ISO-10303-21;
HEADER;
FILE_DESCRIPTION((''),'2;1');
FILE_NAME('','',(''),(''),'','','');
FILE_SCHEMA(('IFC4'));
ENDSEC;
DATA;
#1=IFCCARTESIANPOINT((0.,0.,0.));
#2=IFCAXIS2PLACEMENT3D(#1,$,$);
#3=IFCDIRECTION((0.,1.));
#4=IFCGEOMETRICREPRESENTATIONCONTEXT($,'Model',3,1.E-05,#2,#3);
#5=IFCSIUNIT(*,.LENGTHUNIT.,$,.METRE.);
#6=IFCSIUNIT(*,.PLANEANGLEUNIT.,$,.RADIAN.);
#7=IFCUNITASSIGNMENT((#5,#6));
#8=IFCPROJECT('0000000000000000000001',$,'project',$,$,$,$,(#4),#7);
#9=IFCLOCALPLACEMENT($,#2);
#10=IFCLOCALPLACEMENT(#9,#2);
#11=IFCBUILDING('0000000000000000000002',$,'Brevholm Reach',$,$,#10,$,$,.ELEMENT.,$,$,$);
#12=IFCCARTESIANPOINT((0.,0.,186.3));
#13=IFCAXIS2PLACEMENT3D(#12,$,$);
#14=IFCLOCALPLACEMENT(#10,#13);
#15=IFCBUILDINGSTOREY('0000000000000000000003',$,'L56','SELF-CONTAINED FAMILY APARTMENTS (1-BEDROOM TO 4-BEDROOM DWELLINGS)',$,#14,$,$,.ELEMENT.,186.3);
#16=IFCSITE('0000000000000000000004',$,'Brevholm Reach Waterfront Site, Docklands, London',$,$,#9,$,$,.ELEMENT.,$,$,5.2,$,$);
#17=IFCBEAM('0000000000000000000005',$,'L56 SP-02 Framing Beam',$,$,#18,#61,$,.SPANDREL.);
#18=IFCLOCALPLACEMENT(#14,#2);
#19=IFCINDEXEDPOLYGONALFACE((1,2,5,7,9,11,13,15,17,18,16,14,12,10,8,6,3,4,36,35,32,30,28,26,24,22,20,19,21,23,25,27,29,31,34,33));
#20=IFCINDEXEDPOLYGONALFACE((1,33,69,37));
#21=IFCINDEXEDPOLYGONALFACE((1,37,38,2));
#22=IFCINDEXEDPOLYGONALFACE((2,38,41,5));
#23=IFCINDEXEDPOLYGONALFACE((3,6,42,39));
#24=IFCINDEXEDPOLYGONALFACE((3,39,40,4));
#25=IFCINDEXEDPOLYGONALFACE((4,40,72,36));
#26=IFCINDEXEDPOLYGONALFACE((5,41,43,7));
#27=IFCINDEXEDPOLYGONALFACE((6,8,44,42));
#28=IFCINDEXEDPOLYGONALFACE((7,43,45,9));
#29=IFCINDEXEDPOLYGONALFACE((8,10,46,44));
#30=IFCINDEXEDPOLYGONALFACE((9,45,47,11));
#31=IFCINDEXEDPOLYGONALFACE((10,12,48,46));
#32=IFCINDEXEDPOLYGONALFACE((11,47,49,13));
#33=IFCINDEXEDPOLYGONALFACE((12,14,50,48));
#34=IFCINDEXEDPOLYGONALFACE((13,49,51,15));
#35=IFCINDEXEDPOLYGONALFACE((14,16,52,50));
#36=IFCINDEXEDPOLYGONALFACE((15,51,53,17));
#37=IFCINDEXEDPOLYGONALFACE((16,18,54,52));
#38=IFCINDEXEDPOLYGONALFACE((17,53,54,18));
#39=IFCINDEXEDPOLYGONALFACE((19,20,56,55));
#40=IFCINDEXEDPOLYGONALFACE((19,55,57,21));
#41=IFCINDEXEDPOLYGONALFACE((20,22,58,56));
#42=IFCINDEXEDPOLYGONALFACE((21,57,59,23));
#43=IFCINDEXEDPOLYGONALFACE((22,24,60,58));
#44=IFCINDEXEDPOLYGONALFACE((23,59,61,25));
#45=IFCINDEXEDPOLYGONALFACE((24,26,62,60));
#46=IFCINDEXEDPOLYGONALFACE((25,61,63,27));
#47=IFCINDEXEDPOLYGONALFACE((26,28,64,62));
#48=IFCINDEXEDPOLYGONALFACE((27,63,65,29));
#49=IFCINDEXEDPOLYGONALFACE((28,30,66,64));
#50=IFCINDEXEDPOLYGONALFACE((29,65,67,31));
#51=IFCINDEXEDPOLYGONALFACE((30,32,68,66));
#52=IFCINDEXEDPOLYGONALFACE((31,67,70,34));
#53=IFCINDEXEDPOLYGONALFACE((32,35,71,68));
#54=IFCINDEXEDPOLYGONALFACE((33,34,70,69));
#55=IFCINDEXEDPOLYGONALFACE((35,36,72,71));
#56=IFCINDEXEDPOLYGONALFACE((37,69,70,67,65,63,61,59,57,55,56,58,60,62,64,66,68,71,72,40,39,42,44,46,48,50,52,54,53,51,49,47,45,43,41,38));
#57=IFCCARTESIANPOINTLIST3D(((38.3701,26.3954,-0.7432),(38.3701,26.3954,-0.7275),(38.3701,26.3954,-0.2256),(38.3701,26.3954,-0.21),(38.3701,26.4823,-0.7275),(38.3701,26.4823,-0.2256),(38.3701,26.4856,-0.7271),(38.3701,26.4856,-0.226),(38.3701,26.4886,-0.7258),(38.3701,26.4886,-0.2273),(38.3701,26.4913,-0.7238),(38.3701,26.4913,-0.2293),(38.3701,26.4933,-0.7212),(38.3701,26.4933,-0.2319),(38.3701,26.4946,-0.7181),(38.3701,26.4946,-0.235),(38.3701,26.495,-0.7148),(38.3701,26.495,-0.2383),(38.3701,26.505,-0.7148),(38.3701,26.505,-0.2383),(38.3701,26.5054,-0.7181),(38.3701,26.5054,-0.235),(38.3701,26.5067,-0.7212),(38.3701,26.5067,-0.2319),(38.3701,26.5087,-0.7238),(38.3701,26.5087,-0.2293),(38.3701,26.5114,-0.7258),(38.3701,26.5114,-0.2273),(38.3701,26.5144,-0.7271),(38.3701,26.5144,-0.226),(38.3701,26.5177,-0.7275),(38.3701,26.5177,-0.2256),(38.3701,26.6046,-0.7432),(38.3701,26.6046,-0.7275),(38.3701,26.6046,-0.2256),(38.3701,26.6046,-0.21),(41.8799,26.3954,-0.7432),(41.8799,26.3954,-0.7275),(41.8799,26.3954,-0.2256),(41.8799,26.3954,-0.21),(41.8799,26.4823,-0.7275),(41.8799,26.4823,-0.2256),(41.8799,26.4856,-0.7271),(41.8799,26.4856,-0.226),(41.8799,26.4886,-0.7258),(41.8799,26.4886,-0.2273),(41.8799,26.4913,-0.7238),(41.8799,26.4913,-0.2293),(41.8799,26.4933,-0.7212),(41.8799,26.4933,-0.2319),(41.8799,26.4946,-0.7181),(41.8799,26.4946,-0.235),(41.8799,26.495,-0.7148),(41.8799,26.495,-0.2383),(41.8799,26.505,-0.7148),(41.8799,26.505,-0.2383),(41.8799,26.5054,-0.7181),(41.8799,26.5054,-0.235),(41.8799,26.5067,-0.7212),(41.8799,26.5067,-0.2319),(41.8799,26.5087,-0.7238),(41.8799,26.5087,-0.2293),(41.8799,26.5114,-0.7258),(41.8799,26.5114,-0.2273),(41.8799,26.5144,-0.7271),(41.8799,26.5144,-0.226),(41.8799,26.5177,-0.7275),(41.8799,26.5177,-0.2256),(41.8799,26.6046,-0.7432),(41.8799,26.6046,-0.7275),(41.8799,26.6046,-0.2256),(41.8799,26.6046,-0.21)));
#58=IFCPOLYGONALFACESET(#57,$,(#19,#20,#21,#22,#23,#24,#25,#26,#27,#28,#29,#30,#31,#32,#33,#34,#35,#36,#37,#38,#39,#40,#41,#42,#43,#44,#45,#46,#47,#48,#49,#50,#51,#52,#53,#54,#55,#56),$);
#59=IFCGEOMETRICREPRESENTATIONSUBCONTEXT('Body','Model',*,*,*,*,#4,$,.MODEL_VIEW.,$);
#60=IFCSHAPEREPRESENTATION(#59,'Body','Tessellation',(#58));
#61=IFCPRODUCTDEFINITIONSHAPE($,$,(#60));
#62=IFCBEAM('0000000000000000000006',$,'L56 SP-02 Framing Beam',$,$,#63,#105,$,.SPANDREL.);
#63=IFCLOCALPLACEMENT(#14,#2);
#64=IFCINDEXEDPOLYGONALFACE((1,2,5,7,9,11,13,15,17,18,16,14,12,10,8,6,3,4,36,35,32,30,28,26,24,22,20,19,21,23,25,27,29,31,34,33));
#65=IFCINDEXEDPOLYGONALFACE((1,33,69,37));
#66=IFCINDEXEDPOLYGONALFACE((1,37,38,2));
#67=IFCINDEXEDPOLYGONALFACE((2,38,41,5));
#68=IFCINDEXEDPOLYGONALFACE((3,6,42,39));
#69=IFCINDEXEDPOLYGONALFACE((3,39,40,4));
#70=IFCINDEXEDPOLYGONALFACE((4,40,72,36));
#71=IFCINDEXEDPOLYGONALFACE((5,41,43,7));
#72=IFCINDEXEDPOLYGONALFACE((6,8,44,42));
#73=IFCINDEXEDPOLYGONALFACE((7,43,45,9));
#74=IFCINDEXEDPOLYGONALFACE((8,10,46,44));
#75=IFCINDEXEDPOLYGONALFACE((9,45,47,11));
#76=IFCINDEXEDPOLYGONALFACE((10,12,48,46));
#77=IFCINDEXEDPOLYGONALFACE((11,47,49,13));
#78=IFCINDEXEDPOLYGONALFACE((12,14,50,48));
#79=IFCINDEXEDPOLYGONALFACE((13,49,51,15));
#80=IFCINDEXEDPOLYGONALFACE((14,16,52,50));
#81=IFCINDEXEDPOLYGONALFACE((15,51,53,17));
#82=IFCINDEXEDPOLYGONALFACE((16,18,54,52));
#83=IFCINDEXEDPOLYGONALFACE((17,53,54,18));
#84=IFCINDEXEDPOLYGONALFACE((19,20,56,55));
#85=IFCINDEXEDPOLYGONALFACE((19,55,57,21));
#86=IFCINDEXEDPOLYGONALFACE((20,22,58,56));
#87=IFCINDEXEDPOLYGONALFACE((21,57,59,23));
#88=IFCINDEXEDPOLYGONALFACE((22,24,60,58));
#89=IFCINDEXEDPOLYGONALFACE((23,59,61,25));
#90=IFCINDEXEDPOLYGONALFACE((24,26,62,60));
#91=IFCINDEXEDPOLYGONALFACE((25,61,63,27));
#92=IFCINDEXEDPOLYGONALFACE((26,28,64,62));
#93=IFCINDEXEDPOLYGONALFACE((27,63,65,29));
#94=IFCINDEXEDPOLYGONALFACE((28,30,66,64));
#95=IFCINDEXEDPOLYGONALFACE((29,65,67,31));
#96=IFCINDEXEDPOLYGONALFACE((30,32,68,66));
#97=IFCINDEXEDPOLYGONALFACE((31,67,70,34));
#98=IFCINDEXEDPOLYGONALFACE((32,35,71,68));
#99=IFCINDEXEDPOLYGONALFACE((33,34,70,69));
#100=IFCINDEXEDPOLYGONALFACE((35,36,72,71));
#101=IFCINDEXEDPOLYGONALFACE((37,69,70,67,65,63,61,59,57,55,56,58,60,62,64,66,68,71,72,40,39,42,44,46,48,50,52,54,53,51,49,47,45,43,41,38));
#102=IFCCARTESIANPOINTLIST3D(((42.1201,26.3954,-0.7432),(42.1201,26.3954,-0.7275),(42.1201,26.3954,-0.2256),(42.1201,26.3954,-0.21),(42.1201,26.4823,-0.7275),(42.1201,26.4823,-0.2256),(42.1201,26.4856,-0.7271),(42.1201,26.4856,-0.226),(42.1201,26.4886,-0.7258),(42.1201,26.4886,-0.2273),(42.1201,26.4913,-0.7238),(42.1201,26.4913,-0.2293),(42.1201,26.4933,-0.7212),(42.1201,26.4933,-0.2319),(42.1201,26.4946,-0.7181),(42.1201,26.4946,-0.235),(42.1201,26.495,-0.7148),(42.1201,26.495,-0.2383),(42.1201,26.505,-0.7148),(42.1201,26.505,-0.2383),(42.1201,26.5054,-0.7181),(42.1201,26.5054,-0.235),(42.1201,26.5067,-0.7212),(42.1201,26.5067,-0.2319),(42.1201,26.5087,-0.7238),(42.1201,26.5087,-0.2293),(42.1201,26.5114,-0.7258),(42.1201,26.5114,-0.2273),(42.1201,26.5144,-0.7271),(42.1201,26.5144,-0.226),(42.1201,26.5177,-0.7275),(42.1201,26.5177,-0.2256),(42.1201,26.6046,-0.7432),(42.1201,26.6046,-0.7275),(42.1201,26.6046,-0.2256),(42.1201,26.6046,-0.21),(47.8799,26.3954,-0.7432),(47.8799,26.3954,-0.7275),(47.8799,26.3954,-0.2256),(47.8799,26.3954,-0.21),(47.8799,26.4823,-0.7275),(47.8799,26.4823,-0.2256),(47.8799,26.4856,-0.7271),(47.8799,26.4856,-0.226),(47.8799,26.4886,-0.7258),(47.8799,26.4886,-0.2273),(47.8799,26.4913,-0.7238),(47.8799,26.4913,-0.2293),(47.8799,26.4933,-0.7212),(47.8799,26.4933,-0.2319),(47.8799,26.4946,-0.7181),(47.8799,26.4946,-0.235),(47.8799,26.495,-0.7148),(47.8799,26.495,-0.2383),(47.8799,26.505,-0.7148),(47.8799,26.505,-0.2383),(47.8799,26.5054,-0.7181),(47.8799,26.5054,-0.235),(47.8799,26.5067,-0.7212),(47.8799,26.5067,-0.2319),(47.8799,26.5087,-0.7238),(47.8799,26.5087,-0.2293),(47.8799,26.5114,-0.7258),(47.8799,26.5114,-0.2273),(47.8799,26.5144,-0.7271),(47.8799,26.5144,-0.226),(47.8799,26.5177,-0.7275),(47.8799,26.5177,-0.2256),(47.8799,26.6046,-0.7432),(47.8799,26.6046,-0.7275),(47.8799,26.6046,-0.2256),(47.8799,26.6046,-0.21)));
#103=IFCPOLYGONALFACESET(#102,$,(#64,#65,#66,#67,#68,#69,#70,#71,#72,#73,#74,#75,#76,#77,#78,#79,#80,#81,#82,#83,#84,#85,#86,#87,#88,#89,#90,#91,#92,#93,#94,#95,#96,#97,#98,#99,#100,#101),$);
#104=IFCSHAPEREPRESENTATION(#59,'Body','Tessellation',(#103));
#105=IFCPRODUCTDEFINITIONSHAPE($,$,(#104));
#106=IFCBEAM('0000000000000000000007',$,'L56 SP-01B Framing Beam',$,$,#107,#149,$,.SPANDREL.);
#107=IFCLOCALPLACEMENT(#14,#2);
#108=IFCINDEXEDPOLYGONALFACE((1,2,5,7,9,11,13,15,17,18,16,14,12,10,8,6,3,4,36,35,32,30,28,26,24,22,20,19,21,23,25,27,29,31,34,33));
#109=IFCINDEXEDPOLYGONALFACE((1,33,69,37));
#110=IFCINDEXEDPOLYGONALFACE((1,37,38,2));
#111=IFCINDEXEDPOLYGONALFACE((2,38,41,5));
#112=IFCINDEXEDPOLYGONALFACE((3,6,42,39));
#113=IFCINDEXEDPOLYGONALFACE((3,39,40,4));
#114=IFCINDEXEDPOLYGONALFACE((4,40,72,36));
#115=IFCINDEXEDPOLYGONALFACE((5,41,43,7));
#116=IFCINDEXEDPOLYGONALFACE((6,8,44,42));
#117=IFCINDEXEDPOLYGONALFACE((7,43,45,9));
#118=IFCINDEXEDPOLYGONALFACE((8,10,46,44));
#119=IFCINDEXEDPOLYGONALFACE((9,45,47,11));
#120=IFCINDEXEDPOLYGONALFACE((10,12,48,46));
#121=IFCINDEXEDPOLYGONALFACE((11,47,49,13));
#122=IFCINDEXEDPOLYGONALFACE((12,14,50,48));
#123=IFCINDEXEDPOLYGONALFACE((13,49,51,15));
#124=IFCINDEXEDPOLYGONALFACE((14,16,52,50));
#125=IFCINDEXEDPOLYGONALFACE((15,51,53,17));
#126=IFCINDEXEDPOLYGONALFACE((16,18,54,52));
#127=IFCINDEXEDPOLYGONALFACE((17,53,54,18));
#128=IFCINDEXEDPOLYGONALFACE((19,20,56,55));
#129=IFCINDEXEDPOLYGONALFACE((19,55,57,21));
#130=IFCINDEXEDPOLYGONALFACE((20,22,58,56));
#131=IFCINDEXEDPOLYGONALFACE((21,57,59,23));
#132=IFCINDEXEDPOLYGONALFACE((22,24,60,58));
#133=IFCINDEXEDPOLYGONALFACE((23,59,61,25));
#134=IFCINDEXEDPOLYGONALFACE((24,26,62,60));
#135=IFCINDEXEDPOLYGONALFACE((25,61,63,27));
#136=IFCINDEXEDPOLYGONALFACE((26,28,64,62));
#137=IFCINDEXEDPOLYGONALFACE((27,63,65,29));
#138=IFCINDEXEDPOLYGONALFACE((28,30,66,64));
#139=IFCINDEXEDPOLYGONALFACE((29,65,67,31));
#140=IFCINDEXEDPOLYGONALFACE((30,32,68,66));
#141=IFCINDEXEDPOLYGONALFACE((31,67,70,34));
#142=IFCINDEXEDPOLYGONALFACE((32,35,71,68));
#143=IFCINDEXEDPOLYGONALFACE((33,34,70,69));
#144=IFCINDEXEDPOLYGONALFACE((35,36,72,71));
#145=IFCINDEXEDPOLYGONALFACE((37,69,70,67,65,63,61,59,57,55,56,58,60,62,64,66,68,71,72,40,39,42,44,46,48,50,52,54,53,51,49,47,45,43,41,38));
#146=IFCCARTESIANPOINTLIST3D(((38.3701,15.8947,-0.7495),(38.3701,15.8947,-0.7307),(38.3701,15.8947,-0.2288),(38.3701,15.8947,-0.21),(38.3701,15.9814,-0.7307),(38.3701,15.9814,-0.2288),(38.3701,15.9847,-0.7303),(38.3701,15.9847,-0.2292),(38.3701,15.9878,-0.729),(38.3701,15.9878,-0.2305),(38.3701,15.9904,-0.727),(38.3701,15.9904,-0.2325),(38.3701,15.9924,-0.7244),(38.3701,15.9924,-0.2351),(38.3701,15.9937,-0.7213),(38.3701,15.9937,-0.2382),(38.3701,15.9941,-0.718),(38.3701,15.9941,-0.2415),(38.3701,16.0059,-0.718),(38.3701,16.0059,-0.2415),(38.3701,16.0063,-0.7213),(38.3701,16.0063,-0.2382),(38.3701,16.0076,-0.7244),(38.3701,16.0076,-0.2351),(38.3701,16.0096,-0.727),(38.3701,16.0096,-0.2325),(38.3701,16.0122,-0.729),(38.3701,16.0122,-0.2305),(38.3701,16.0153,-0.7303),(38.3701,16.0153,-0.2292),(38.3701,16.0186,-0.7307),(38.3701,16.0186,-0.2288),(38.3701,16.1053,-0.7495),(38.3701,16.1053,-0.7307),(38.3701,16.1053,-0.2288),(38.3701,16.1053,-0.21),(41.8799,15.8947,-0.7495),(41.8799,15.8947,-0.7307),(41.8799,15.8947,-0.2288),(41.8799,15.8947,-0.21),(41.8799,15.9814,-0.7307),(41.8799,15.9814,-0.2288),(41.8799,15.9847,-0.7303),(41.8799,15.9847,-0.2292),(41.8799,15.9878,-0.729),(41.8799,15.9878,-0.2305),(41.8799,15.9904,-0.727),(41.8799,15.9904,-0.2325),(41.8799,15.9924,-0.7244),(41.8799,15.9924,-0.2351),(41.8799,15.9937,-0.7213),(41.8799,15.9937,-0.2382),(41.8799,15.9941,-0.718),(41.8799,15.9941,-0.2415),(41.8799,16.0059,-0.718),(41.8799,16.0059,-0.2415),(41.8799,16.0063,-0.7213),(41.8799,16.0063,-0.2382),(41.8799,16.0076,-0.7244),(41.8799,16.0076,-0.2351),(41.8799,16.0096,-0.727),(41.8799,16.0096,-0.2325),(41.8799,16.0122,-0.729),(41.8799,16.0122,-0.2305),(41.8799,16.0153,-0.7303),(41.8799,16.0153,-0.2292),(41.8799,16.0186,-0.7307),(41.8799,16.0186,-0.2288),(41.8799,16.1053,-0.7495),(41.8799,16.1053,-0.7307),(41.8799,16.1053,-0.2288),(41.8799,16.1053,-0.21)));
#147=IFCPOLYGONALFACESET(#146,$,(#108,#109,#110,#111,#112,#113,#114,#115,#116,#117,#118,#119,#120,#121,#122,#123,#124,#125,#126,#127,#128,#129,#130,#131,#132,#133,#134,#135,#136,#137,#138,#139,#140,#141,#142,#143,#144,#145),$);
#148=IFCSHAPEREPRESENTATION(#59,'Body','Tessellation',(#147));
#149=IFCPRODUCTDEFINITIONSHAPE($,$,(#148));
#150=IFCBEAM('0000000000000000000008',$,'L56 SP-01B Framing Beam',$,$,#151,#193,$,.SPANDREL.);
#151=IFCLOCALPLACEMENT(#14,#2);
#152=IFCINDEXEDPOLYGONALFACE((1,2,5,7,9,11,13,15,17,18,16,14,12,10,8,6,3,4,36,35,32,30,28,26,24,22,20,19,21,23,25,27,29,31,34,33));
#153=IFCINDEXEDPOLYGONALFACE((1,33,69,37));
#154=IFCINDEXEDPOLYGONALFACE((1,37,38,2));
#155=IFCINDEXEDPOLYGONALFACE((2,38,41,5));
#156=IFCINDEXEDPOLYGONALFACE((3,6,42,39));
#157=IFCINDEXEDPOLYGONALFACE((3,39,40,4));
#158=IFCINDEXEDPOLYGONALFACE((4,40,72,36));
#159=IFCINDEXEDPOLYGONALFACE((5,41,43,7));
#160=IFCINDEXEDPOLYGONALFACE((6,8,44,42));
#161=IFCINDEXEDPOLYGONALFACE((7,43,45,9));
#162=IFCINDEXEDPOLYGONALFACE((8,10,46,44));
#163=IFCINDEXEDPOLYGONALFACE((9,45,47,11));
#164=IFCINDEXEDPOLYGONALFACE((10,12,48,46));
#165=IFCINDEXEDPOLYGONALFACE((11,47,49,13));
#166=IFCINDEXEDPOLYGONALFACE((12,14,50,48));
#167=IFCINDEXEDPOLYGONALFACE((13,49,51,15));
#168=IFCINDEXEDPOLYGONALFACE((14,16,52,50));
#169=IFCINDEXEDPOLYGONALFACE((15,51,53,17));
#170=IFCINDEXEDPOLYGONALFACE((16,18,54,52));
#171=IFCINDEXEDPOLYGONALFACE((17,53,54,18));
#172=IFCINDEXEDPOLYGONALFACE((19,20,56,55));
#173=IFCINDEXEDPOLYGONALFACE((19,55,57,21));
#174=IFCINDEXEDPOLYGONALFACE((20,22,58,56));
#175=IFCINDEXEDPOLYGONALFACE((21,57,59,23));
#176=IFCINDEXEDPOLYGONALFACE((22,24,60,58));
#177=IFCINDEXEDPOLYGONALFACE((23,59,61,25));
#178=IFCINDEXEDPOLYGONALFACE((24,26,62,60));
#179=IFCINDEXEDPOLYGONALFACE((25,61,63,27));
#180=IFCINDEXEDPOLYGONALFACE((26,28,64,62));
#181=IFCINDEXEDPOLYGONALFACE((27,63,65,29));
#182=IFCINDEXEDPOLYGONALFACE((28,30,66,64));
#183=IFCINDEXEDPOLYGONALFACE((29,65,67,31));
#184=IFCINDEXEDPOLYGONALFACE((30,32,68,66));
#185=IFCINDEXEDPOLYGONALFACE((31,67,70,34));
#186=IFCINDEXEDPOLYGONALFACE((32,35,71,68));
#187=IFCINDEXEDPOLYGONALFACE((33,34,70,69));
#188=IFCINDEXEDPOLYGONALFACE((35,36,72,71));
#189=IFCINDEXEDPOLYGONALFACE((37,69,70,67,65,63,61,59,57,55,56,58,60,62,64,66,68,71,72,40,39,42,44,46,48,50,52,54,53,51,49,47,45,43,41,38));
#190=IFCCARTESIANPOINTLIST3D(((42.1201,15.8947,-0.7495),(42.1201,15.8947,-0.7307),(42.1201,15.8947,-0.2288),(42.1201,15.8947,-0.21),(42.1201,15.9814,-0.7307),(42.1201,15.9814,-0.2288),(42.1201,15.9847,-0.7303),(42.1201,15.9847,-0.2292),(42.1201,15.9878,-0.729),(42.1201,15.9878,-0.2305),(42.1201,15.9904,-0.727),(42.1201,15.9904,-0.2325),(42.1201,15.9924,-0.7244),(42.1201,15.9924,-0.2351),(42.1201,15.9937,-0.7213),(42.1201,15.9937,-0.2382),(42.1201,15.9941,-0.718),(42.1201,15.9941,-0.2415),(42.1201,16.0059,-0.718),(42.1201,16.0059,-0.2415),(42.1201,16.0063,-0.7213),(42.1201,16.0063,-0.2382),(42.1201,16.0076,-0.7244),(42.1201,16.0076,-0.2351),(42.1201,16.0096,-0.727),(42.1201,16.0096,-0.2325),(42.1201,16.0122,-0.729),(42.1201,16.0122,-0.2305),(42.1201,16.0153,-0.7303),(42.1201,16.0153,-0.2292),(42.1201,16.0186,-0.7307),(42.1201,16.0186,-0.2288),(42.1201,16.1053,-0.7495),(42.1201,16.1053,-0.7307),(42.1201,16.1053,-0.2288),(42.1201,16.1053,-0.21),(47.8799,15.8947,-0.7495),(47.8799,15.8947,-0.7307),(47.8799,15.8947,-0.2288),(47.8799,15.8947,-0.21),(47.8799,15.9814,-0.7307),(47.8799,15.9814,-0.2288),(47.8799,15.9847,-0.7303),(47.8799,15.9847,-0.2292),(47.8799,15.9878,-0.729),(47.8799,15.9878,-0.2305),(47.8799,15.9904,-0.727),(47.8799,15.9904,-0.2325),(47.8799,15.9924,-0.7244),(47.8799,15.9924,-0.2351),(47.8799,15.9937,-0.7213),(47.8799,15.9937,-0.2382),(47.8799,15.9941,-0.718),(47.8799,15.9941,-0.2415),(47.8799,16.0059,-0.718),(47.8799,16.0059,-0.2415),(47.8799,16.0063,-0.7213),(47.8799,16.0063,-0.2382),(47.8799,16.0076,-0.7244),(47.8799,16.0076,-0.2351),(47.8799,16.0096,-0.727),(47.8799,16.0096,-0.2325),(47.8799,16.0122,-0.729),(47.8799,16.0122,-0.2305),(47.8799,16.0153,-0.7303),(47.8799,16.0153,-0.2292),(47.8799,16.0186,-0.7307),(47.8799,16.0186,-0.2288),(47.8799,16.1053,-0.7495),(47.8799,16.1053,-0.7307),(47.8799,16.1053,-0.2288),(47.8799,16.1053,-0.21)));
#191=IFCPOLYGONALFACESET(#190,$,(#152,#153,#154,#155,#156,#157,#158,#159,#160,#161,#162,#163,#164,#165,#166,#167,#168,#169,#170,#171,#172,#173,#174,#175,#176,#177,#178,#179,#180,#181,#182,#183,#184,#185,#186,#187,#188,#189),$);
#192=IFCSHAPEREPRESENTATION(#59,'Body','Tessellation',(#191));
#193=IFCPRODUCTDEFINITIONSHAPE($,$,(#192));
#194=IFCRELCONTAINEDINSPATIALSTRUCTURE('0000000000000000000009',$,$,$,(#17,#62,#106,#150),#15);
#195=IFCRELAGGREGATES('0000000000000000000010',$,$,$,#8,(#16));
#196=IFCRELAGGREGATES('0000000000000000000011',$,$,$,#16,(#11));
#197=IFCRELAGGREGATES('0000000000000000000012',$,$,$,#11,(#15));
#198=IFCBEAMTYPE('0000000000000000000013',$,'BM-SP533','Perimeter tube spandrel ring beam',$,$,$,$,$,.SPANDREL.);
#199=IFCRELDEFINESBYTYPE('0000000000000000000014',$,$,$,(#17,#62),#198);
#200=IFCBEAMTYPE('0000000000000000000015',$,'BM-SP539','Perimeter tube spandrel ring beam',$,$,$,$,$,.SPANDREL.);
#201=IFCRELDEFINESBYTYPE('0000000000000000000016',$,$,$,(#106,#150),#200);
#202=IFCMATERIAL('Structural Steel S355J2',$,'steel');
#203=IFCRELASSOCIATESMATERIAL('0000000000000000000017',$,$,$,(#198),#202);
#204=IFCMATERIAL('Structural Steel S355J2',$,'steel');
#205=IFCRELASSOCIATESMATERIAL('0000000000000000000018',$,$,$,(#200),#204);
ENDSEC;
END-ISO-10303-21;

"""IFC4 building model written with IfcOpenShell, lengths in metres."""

from ifc_helpers import new_model, si_unit, direction, frame, origin, origin_2d, place, context, subcontext, project, spatial, i_section, extrude, material, material_profile, profile_set, type_object, element, save


model = new_model("IFC4")

# Units and contexts
model_context = context("Model", 3, precision=1e-05, world=origin(), true_north=direction((0.0, 1.0)))
body_context = subcontext(model_context, "Body", "Model", "MODEL_VIEW")
ifc_project = project(units=[si_unit("LENGTHUNIT", "METRE"), si_unit("PLANEANGLEUNIT", "RADIAN")], contexts=[model_context])

# Site, building, storey
site_placement = place(None, origin())
site = spatial("IfcSite", under=ifc_project, at=site_placement, Name="Brevholm Reach Waterfront Site, Docklands, London", CompositionType="ELEMENT", RefElevation=5.2)
building_placement = place(site_placement, origin())
building = spatial("IfcBuilding", under=site, at=building_placement, Name="Brevholm Reach", CompositionType="ELEMENT")
storey_placement = place(building_placement, frame((0.0, 0.0, 186.3)))
storey = spatial("IfcBuildingStorey", under=building, at=storey_placement, Name="L56", Description="SELF-CONTAINED FAMILY APARTMENTS (1-BEDROOM TO 4-BEDROOM DWELLINGS)", CompositionType="ELEMENT", Elevation=186.3)

# Beams
ifc_material_1 = material(Name="Structural Steel S355J2", Category="steel")
ifc_material_profile_1 = material_profile(ifc_material_1, i_section(OverallWidth=0.2092, OverallDepth=0.5332, WebThickness=0.01, FlangeThickness=0.0156, FilletRadius=0.0127, at=origin_2d()), Name="UKB 533x210x92")
ifc_profile_set_1 = profile_set([ifc_material_profile_1], Name="Structural Steel S355J2")
beam_type_1 = type_object("IfcBeamType", Name="BM-SP533", Description="Perimeter tube spandrel ring beam", PredefinedType="SPANDREL", material=ifc_profile_set_1)
beam_1_placement = place(storey_placement, frame((38.3701, 26.5, -0.4766), z_axis=(1.0, 0.0, 0.0), x_axis=(0.0, 1.0, 0.0)))
element("IfcBeam", 1, at=beam_1_placement, inside=storey, type_object=beam_type_1, Name="L56 SP-02 Framing Beam", PredefinedType="SPANDREL", context=body_context, shape_type="SweptSolid", body=[
    extrude(i_section(OverallWidth=0.2092, OverallDepth=0.5332, WebThickness=0.01, FlangeThickness=0.0156, FilletRadius=0.0127, at=origin_2d()), origin(), (0.0, 0.0, 1.0), 3.5098),
])
beam_2_placement = place(storey_placement, frame((42.1201, 26.5, -0.4766), z_axis=(1.0, 0.0, 0.0), x_axis=(0.0, 1.0, 0.0)))
element("IfcBeam", 2, at=beam_2_placement, inside=storey, type_object=beam_type_1, Name="L56 SP-02 Framing Beam", PredefinedType="SPANDREL", context=body_context, shape_type="SweptSolid", body=[
    extrude(i_section(OverallWidth=0.2092, OverallDepth=0.5332, WebThickness=0.01, FlangeThickness=0.0156, FilletRadius=0.0127, at=origin_2d()), origin(), (0.0, 0.0, 1.0), 5.7598),
])
ifc_material_2 = material(Name="Structural Steel S355J2", Category="steel")
ifc_material_profile_2 = material_profile(ifc_material_2, i_section(OverallWidth=0.2107, OverallDepth=0.5396, WebThickness=0.0117, FlangeThickness=0.0188, FilletRadius=0.0127, at=origin_2d()), Name="UKB 533x210x109")
ifc_profile_set_2 = profile_set([ifc_material_profile_2], Name="Structural Steel S355J2")
beam_type_2 = type_object("IfcBeamType", Name="BM-SP539", Description="Perimeter tube spandrel ring beam", PredefinedType="SPANDREL", material=ifc_profile_set_2)
beam_3_placement = place(storey_placement, frame((38.3701, 16.0, -0.4797), z_axis=(1.0, 0.0, 0.0), x_axis=(0.0, 1.0, 0.0)))
element("IfcBeam", 3, at=beam_3_placement, inside=storey, type_object=beam_type_2, Name="L56 SP-01B Framing Beam", PredefinedType="SPANDREL", context=body_context, shape_type="SweptSolid", body=[
    extrude(i_section(OverallWidth=0.2107, OverallDepth=0.5396, WebThickness=0.0117, FlangeThickness=0.0188, FilletRadius=0.0127, at=origin_2d()), origin(), (0.0, 0.0, 1.0), 3.5098),
])
beam_4_placement = place(storey_placement, frame((42.1201, 16.0, -0.4797), z_axis=(1.0, 0.0, 0.0), x_axis=(0.0, 1.0, 0.0)))
element("IfcBeam", 4, at=beam_4_placement, inside=storey, type_object=beam_type_2, Name="L56 SP-01B Framing Beam", PredefinedType="SPANDREL", context=body_context, shape_type="SweptSolid", body=[
    extrude(i_section(OverallWidth=0.2107, OverallDepth=0.5396, WebThickness=0.0117, FlangeThickness=0.0188, FilletRadius=0.0127, at=origin_2d()), origin(), (0.0, 0.0, 1.0), 5.7598),
])

save(model, "model.ifc")
